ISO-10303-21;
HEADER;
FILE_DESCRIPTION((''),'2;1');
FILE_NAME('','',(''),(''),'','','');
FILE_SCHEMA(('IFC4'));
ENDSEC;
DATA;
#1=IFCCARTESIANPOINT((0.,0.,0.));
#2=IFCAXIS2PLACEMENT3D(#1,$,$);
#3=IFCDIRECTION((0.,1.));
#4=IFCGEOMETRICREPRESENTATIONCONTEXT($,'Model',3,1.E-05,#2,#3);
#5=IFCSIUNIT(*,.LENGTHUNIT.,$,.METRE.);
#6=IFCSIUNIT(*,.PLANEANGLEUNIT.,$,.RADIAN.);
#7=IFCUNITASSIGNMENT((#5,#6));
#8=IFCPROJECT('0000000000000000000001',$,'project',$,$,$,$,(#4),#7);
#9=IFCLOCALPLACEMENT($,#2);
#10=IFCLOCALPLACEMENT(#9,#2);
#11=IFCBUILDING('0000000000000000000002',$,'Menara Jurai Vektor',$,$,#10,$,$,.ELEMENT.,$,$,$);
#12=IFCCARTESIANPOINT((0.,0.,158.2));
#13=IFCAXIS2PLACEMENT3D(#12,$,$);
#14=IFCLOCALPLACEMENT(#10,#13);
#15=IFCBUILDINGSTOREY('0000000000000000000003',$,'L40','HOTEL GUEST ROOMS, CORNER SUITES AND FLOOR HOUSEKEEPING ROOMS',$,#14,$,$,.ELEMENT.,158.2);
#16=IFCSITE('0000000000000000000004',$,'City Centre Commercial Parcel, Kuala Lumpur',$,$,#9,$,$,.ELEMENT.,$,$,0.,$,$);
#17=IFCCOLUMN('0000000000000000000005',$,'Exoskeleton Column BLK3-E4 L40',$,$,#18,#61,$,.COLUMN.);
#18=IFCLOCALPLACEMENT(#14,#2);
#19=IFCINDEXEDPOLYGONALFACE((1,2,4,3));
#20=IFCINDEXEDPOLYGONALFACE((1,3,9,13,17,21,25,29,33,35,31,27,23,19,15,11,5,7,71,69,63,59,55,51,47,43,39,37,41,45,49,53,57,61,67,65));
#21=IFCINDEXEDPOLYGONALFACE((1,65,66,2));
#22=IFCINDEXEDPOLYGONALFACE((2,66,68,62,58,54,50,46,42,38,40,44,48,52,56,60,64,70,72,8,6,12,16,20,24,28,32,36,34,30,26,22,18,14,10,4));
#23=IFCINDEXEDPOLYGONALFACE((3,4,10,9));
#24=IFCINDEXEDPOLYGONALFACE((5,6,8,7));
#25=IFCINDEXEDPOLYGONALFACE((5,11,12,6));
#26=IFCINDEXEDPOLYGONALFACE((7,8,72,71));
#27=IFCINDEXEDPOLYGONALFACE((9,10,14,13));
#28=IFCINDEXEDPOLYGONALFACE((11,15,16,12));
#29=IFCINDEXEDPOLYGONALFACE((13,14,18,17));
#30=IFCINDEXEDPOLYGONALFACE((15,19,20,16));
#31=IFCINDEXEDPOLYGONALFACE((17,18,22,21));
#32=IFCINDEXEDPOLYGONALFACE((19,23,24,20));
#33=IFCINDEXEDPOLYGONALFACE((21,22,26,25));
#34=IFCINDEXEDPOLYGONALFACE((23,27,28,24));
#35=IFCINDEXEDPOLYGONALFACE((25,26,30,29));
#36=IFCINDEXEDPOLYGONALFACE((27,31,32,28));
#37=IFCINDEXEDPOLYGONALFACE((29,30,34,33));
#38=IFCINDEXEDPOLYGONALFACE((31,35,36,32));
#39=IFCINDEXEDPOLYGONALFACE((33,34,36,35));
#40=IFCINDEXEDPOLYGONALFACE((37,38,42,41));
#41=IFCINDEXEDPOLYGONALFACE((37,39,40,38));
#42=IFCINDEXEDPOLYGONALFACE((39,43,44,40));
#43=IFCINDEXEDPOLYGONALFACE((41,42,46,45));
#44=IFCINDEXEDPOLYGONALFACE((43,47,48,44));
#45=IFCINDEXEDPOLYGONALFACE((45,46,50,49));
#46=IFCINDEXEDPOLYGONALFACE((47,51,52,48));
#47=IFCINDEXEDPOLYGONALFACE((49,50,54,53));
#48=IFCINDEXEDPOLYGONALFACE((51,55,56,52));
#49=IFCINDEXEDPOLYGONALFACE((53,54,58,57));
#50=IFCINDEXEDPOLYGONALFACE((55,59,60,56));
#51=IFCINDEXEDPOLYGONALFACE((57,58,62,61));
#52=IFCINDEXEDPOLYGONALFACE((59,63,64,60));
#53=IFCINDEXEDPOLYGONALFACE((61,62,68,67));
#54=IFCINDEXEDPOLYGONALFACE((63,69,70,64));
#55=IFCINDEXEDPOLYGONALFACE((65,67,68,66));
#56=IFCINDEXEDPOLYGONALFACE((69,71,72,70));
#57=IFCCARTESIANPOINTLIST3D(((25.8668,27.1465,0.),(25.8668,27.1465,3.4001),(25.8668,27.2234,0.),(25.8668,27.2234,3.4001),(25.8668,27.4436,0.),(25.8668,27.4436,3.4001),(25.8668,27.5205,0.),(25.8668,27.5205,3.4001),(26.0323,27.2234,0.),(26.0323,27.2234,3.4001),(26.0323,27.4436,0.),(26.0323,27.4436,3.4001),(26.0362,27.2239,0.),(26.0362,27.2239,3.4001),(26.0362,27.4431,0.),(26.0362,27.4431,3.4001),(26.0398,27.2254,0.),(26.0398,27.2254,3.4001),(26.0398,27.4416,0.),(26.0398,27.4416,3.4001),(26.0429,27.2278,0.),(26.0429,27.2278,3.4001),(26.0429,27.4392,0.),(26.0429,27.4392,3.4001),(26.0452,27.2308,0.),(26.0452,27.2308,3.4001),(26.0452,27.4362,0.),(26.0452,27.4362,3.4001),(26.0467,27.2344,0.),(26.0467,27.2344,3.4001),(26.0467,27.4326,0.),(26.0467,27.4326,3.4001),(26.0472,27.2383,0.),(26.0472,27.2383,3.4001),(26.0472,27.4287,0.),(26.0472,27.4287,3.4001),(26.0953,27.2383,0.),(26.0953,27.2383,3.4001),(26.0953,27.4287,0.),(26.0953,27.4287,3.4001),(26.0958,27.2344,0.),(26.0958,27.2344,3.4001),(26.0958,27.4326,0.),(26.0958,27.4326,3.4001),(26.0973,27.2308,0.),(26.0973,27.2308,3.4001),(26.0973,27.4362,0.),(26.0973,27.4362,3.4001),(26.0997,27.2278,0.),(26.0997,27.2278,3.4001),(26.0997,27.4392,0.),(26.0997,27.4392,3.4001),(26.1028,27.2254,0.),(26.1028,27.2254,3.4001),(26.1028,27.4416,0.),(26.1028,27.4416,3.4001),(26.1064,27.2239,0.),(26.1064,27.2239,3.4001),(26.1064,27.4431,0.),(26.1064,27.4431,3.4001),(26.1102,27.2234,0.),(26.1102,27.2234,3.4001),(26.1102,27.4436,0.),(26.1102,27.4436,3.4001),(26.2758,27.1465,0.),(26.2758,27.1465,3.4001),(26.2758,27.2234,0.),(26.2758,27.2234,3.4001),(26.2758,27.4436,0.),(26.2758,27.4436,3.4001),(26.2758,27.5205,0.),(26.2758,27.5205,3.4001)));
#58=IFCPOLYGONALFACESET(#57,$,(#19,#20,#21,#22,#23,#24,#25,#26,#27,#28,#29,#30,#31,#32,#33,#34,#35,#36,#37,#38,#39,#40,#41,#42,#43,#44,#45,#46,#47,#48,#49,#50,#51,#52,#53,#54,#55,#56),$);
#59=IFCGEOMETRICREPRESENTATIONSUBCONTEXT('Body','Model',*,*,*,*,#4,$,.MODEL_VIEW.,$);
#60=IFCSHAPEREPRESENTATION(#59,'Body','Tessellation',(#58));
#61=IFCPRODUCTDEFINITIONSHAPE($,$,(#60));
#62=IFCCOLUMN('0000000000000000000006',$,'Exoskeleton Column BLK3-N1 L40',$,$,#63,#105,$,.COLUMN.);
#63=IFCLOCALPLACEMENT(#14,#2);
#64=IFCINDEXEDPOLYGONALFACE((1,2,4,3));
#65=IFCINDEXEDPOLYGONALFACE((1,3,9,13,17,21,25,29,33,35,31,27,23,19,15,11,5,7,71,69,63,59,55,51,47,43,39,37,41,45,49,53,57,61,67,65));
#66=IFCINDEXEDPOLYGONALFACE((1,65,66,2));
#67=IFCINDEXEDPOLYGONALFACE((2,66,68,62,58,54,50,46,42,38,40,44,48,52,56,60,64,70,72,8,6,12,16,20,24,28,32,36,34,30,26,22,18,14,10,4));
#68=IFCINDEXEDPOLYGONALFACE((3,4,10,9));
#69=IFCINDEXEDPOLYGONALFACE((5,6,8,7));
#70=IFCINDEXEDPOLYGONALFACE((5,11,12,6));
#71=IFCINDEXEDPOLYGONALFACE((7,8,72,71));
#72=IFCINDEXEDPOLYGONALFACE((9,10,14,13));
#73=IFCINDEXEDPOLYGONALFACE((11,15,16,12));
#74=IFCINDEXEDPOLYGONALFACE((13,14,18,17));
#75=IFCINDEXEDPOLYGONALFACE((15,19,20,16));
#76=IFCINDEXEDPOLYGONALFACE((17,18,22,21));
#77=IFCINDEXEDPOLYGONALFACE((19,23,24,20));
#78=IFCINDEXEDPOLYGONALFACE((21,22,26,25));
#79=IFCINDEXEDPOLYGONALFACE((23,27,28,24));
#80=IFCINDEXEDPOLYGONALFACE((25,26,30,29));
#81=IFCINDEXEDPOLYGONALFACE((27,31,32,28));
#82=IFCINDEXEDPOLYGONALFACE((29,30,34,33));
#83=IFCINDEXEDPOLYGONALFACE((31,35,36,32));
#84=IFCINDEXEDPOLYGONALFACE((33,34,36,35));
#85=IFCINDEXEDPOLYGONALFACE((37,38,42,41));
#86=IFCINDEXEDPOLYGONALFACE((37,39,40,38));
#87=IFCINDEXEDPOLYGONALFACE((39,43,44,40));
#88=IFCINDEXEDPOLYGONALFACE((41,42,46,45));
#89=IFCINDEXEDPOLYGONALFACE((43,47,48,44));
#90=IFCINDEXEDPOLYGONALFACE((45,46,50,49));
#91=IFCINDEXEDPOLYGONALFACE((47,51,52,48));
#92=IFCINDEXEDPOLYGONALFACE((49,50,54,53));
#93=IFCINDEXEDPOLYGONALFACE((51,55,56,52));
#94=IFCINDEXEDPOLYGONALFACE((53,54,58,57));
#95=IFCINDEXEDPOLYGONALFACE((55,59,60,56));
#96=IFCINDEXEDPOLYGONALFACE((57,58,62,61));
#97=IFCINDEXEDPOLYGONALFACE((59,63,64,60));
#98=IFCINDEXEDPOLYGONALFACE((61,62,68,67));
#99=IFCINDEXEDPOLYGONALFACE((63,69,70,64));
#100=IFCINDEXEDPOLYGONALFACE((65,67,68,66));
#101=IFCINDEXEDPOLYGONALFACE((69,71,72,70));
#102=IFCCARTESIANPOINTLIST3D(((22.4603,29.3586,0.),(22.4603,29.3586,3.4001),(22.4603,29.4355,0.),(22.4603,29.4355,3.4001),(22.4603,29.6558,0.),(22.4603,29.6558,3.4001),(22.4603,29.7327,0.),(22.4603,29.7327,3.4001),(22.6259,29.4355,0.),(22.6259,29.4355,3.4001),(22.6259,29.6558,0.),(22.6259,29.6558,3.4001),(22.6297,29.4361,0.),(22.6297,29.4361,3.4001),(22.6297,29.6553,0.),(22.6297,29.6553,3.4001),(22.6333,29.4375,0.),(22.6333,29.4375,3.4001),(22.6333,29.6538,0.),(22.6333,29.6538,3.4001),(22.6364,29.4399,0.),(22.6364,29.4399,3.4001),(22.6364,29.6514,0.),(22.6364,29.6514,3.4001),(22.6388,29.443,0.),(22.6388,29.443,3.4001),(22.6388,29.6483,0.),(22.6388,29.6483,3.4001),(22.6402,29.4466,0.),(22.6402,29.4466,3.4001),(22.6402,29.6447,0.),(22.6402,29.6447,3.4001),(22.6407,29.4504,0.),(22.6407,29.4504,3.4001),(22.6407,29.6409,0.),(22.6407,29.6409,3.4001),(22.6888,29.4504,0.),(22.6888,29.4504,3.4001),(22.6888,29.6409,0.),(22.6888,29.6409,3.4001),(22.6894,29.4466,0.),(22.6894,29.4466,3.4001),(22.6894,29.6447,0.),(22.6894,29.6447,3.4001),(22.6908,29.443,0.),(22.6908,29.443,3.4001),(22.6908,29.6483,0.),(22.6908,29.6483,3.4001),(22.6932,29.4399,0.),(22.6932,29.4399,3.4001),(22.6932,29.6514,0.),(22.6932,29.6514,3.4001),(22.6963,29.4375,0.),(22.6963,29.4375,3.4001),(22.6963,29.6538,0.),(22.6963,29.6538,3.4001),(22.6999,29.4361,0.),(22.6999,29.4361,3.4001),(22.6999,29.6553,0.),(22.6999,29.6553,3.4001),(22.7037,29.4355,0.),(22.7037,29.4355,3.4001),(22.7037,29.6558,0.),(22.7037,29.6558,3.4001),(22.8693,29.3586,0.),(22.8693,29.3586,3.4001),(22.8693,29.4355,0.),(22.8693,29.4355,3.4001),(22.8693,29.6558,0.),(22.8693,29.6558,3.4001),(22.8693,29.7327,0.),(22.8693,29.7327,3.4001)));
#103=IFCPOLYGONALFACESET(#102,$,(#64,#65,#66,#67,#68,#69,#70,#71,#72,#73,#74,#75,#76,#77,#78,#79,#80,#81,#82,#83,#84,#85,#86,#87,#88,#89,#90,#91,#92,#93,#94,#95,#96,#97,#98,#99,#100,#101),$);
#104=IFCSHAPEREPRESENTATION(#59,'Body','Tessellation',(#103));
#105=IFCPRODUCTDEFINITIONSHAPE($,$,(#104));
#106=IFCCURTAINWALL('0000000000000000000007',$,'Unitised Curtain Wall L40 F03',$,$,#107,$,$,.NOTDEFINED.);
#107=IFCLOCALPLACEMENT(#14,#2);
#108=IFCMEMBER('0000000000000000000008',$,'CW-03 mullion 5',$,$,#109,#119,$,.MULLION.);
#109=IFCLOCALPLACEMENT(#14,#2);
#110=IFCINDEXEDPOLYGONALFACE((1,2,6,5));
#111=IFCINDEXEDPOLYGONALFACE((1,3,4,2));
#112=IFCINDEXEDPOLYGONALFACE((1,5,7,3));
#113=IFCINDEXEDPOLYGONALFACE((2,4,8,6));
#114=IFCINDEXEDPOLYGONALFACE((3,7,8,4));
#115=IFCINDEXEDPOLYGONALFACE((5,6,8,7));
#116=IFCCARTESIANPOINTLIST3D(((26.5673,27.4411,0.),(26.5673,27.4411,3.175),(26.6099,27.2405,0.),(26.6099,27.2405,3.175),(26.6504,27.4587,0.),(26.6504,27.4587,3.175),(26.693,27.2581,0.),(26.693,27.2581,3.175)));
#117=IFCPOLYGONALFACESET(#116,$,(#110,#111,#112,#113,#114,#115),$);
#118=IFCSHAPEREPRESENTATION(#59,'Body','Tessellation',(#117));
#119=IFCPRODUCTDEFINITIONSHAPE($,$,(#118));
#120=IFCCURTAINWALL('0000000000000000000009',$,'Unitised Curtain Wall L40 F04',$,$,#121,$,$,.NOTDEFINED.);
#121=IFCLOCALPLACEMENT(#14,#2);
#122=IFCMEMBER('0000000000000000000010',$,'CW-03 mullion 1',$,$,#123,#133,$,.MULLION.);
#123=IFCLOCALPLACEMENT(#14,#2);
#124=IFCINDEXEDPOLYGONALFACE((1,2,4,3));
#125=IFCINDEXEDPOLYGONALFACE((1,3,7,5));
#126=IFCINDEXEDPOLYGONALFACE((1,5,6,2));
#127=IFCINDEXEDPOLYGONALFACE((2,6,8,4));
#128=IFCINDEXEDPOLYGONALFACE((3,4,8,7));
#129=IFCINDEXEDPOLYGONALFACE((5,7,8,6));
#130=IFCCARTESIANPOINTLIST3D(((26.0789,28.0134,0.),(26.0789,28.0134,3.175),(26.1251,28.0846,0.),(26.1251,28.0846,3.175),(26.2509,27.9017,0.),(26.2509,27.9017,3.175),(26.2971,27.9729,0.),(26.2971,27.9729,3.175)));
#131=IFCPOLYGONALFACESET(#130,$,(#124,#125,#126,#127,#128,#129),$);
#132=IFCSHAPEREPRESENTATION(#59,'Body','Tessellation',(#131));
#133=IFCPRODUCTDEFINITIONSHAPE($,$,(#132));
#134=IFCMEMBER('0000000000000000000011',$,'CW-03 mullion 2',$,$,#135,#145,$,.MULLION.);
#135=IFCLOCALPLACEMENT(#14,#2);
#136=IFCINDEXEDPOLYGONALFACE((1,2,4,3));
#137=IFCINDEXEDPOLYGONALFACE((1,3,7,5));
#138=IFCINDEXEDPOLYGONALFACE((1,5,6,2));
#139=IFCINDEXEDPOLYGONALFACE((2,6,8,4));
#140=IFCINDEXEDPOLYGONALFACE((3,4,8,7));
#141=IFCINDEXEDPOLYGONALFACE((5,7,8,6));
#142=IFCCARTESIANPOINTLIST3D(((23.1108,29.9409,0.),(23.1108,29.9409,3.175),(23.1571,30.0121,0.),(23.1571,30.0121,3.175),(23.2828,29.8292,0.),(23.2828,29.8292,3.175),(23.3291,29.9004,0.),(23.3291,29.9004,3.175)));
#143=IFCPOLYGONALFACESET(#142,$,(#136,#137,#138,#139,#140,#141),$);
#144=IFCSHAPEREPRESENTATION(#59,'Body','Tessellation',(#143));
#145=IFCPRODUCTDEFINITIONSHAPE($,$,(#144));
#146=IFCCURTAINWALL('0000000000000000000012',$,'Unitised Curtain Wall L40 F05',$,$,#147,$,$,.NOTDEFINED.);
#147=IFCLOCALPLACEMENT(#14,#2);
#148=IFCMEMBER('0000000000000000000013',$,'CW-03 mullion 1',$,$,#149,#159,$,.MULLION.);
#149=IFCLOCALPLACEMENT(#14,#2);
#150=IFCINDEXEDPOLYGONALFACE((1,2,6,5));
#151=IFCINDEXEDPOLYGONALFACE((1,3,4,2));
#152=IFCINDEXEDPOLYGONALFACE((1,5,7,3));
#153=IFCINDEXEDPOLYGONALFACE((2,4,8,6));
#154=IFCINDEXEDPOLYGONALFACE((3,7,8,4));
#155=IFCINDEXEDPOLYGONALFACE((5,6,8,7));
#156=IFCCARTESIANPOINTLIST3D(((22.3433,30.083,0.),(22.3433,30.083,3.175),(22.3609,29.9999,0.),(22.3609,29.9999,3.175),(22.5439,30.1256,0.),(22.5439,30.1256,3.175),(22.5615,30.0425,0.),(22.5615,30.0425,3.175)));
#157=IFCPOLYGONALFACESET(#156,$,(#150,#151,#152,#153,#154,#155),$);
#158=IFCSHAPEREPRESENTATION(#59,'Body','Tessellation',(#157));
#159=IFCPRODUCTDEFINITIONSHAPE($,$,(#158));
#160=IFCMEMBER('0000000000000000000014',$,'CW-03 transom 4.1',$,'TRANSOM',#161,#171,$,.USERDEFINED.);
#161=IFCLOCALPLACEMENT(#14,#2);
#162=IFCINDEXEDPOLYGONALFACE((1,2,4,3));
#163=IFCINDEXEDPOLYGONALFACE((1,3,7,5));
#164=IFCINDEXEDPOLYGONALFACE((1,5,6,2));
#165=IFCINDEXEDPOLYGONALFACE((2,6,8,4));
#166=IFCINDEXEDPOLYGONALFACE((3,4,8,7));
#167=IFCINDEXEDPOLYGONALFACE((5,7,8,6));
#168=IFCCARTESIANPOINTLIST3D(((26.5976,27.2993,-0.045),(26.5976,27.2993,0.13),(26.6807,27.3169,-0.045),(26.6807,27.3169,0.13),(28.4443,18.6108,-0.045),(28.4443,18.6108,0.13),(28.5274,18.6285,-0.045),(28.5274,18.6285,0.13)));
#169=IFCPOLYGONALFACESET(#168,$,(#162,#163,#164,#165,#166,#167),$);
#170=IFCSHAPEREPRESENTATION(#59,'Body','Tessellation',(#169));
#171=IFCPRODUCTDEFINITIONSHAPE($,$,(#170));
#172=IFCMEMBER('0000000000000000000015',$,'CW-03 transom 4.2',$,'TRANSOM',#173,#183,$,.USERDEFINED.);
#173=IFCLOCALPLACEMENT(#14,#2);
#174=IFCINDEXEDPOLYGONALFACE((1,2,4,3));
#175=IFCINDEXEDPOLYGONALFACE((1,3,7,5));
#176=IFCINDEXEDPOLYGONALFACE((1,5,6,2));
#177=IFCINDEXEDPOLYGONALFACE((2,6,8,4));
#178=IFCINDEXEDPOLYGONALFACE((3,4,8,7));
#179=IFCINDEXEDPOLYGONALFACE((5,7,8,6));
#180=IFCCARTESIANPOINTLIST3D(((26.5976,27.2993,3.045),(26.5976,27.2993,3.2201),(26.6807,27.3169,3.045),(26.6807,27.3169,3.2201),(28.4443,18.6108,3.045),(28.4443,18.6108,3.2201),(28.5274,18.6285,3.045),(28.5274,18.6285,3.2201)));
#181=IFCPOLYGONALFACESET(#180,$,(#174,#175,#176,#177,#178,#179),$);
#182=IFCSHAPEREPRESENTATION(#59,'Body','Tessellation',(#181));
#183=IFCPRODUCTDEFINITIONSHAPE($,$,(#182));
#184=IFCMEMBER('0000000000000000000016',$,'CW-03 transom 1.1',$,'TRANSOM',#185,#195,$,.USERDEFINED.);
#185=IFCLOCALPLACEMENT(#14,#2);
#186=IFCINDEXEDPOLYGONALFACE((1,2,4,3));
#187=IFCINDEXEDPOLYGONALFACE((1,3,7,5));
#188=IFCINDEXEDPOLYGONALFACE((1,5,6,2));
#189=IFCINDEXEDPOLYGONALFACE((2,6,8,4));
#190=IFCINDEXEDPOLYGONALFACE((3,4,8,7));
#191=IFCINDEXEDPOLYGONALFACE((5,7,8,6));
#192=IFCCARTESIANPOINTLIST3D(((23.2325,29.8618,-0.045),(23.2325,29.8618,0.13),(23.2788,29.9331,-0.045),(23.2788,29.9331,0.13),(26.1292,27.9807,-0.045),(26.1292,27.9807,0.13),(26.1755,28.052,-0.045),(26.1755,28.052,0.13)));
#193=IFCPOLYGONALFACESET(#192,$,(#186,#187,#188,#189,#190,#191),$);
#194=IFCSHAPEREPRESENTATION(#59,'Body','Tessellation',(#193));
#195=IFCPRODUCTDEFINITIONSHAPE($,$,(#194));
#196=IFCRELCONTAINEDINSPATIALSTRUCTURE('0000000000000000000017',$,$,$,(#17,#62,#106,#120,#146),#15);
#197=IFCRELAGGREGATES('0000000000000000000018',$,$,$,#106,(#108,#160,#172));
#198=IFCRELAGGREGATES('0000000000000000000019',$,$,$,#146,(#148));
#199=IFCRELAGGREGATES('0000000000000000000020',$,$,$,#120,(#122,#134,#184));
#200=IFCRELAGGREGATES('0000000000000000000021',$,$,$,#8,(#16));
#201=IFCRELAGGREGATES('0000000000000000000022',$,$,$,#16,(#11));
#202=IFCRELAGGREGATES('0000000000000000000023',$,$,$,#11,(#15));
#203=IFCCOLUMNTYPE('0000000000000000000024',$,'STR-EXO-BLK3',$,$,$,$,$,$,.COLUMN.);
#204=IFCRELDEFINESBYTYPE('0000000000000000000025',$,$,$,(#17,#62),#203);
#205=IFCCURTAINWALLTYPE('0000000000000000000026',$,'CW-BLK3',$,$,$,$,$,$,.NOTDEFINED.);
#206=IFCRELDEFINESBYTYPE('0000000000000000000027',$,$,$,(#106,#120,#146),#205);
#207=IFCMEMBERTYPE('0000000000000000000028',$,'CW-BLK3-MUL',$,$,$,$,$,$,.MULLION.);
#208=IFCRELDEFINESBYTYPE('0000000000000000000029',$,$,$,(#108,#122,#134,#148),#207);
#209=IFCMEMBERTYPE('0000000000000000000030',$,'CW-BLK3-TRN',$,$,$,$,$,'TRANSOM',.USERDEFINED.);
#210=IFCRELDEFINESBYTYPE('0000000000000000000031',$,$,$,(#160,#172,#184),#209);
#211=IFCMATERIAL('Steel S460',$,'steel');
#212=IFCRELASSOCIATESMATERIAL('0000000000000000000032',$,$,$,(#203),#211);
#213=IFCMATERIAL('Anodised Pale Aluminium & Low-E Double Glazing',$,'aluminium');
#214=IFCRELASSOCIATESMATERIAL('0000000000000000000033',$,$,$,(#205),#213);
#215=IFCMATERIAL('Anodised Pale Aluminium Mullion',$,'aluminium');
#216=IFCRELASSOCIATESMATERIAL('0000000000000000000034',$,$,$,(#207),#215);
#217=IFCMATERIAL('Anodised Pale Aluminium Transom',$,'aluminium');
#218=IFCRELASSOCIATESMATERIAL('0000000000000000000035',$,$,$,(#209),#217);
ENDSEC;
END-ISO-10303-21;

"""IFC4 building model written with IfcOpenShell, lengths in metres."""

from ifc_helpers import new_model, si_unit, direction, frame, origin, origin_2d, place, context, subcontext, project, spatial, rectangle, i_section, extrude, material, material_profile, profile_set, type_object, element, aggregate, save


model = new_model("IFC4")

# Units and contexts
model_context = context("Model", 3, precision=1e-05, world=origin(), true_north=direction((0.0, 1.0)))
body_context = subcontext(model_context, "Body", "Model", "MODEL_VIEW")
ifc_project = project(units=[si_unit("LENGTHUNIT", "METRE"), si_unit("PLANEANGLEUNIT", "RADIAN")], contexts=[model_context])

# Site, building, storey
site_placement = place(None, origin())
site = spatial("IfcSite", under=ifc_project, at=site_placement, Name="City Centre Commercial Parcel, Kuala Lumpur", CompositionType="ELEMENT", RefElevation=0.0)
building_placement = place(site_placement, origin())
building = spatial("IfcBuilding", under=site, at=building_placement, Name="Menara Jurai Vektor", CompositionType="ELEMENT")
storey_placement = place(building_placement, frame((0.0, 0.0, 158.2)))
storey = spatial("IfcBuildingStorey", under=building, at=storey_placement, Name="L40", Description="HOTEL GUEST ROOMS, CORNER SUITES AND FLOOR HOUSEKEEPING ROOMS", CompositionType="ELEMENT", Elevation=158.2)

# Columns
ifc_material_1 = material(Name="Steel S460", Category="steel")
ifc_material_profile_1 = material_profile(ifc_material_1, i_section(OverallWidth=0.4089, OverallDepth=0.374, WebThickness=0.0481, FlangeThickness=0.0769, FilletRadius=0.0149, at=origin_2d()), Name="HD 400x634")
ifc_profile_set_1 = profile_set([ifc_material_profile_1], Name="Steel S460")
column_type = type_object("IfcColumnType", Name="STR-EXO-BLK3", PredefinedType="COLUMN", material=ifc_profile_set_1)
for number, where, z_axis, x_axis, name in (
    (1, (26.0713, 27.3335, 0.0), (0.0, 0.0, 1.0), (1.0, 0.0, 0.0), "Exoskeleton Column BLK3-E4 L40"),
    (2, (22.6648, 29.5457, 0.0), (0.0, 0.0, 1.0), (1.0, 0.0, 0.0), "Exoskeleton Column BLK3-N1 L40"),
):
    element("IfcColumn", number, at=place(storey_placement, frame(where, z_axis=z_axis, x_axis=x_axis)), inside=storey, type_object=column_type, Name=name, PredefinedType="COLUMN", context=body_context, shape_type="SweptSolid", body=[
        extrude(i_section(OverallWidth=0.4089, OverallDepth=0.374, WebThickness=0.0481, FlangeThickness=0.0769, FilletRadius=0.0149, at=origin_2d()), origin(), (0.0, 0.0, 1.0), 3.4001),
    ])

# Curtain wall, member
ifc_material_2 = material(Name="Anodised Pale Aluminium & Low-E Double Glazing", Category="aluminium")
curtain_wall_type = type_object("IfcCurtainWallType", Name="CW-BLK3", PredefinedType="NOTDEFINED", material=ifc_material_2)
curtain_wall_1_placement = place(storey_placement, origin())
curtain_wall_1 = element("IfcCurtainWall", 3, at=curtain_wall_1_placement, inside=storey, type_object=curtain_wall_type, Name="Unitised Curtain Wall L40 F03", PredefinedType="NOTDEFINED")
ifc_material_3 = material(Name="Anodised Pale Aluminium Mullion", Category="aluminium")
ifc_material_profile_2 = material_profile(ifc_material_3, rectangle(XDim=0.085, YDim=0.2051, at=origin_2d()), Name="ALU MUL 85x205")
ifc_profile_set_2 = profile_set([ifc_material_profile_2], Name="Anodised Pale Aluminium Mullion")
member_type_1 = type_object("IfcMemberType", Name="CW-BLK3-MUL", PredefinedType="MULLION", material=ifc_profile_set_2)
member_1_placement = place(storey_placement, frame((26.6301, 27.3496, 0.0), z_axis=(0.0, 0.0, 1.0), x_axis=(-0.978148, -0.20791, 0.0)))
member_1 = element("IfcMember", 4, at=member_1_placement, type_object=member_type_1, Name="CW-03 mullion 5", PredefinedType="MULLION", context=body_context, shape_type="SweptSolid", body=[
    extrude(rectangle(XDim=0.085, YDim=0.2051, at=origin_2d()), origin(), (0.0, 0.0, 1.0), 3.175),
])

# Curtain wall, members
curtain_wall_2_placement = place(storey_placement, origin())
curtain_wall_2 = element("IfcCurtainWall", 5, at=curtain_wall_2_placement, inside=storey, type_object=curtain_wall_type, Name="Unitised Curtain Wall L40 F04", PredefinedType="NOTDEFINED")
member_2_placement = place(storey_placement, frame((26.188, 27.9932, 0.0), z_axis=(0.0, 0.0, 1.0), x_axis=(-0.544618, -0.838684, 0.0)))
member_2 = element("IfcMember", 6, at=member_2_placement, type_object=member_type_1, Name="CW-03 mullion 1", PredefinedType="MULLION", context=body_context, shape_type="SweptSolid", body=[
    extrude(rectangle(XDim=0.085, YDim=0.2051, at=origin_2d()), origin(), (0.0, 0.0, 1.0), 3.175),
])
member_3_placement = place(storey_placement, frame((23.22, 29.9207, 0.0), z_axis=(0.0, 0.0, 1.0), x_axis=(-0.544618, -0.838684, 0.0)))
member_3 = element("IfcMember", 7, at=member_3_placement, type_object=member_type_1, Name="CW-03 mullion 2", PredefinedType="MULLION", context=body_context, shape_type="SweptSolid", body=[
    extrude(rectangle(XDim=0.085, YDim=0.2051, at=origin_2d()), origin(), (0.0, 0.0, 1.0), 3.175),
])

# Curtain wall, member
curtain_wall_3_placement = place(storey_placement, origin())
curtain_wall_3 = element("IfcCurtainWall", 8, at=curtain_wall_3_placement, inside=storey, type_object=curtain_wall_type, Name="Unitised Curtain Wall L40 F05", PredefinedType="NOTDEFINED")
member_4_placement = place(storey_placement, frame((22.4524, 30.0627, 0.0), z_axis=(0.0, 0.0, 1.0), x_axis=(0.207911, -0.978148, 0.0)))
member_4 = element("IfcMember", 9, at=member_4_placement, type_object=member_type_1, Name="CW-03 mullion 1", PredefinedType="MULLION", context=body_context, shape_type="SweptSolid", body=[
    extrude(rectangle(XDim=0.085, YDim=0.2051, at=origin_2d()), origin(), (0.0, 0.0, 1.0), 3.175),
])

# Members
ifc_material_4 = material(Name="Anodised Pale Aluminium Transom", Category="aluminium")
ifc_material_profile_3 = material_profile(ifc_material_4, rectangle(XDim=0.085, YDim=0.175, at=origin_2d()), Name="ALU TRN 85x175")
ifc_profile_set_3 = profile_set([ifc_material_profile_3], Name="Anodised Pale Aluminium Transom")
member_type_2 = type_object("IfcMemberType", Name="CW-BLK3-TRN", ElementType="TRANSOM", PredefinedType="USERDEFINED", material=ifc_profile_set_3)
member_5_placement = place(storey_placement, frame((28.4858, 18.6196, 0.0425), z_axis=(-0.2079, 0.97815, 0.0), x_axis=(-0.97815, -0.2079, 0.0)))
member_5 = element("IfcMember", 10, at=member_5_placement, type_object=member_type_2, Name="CW-03 transom 4.1", ObjectType="TRANSOM", PredefinedType="USERDEFINED", context=body_context, shape_type="SweptSolid", body=[
    extrude(rectangle(XDim=0.085, YDim=0.175, at=origin_2d()), origin(), (0.0, 0.0, 1.0), 8.8826),
])
member_6_placement = place(storey_placement, frame((28.4858, 18.6196, 3.1326), z_axis=(-0.2079, 0.97815, 0.0), x_axis=(-0.97815, -0.2079, 0.0)))
member_6 = element("IfcMember", 11, at=member_6_placement, type_object=member_type_2, Name="CW-03 transom 4.2", ObjectType="TRANSOM", PredefinedType="USERDEFINED", context=body_context, shape_type="SweptSolid", body=[
    extrude(rectangle(XDim=0.085, YDim=0.175, at=origin_2d()), origin(), (0.0, 0.0, 1.0), 8.8826),
])
member_7_placement = place(storey_placement, frame((26.1523, 28.0164, 0.0425), z_axis=(-0.838678, 0.544628, 0.0), x_axis=(-0.544628, -0.838678, 0.0)))
member_7 = element("IfcMember", 12, at=member_7_placement, type_object=member_type_2, Name="CW-03 transom 1.1", ObjectType="TRANSOM", PredefinedType="USERDEFINED", context=body_context, shape_type="SweptSolid", body=[
    extrude(rectangle(XDim=0.085, YDim=0.175, at=origin_2d()), origin(), (0.0, 0.0, 1.0), 3.4539),
])

aggregate(curtain_wall_1, [member_1, member_5, member_6])
aggregate(curtain_wall_3, [member_4])
aggregate(curtain_wall_2, [member_2, member_3, member_7])

save(model, "model.ifc")
